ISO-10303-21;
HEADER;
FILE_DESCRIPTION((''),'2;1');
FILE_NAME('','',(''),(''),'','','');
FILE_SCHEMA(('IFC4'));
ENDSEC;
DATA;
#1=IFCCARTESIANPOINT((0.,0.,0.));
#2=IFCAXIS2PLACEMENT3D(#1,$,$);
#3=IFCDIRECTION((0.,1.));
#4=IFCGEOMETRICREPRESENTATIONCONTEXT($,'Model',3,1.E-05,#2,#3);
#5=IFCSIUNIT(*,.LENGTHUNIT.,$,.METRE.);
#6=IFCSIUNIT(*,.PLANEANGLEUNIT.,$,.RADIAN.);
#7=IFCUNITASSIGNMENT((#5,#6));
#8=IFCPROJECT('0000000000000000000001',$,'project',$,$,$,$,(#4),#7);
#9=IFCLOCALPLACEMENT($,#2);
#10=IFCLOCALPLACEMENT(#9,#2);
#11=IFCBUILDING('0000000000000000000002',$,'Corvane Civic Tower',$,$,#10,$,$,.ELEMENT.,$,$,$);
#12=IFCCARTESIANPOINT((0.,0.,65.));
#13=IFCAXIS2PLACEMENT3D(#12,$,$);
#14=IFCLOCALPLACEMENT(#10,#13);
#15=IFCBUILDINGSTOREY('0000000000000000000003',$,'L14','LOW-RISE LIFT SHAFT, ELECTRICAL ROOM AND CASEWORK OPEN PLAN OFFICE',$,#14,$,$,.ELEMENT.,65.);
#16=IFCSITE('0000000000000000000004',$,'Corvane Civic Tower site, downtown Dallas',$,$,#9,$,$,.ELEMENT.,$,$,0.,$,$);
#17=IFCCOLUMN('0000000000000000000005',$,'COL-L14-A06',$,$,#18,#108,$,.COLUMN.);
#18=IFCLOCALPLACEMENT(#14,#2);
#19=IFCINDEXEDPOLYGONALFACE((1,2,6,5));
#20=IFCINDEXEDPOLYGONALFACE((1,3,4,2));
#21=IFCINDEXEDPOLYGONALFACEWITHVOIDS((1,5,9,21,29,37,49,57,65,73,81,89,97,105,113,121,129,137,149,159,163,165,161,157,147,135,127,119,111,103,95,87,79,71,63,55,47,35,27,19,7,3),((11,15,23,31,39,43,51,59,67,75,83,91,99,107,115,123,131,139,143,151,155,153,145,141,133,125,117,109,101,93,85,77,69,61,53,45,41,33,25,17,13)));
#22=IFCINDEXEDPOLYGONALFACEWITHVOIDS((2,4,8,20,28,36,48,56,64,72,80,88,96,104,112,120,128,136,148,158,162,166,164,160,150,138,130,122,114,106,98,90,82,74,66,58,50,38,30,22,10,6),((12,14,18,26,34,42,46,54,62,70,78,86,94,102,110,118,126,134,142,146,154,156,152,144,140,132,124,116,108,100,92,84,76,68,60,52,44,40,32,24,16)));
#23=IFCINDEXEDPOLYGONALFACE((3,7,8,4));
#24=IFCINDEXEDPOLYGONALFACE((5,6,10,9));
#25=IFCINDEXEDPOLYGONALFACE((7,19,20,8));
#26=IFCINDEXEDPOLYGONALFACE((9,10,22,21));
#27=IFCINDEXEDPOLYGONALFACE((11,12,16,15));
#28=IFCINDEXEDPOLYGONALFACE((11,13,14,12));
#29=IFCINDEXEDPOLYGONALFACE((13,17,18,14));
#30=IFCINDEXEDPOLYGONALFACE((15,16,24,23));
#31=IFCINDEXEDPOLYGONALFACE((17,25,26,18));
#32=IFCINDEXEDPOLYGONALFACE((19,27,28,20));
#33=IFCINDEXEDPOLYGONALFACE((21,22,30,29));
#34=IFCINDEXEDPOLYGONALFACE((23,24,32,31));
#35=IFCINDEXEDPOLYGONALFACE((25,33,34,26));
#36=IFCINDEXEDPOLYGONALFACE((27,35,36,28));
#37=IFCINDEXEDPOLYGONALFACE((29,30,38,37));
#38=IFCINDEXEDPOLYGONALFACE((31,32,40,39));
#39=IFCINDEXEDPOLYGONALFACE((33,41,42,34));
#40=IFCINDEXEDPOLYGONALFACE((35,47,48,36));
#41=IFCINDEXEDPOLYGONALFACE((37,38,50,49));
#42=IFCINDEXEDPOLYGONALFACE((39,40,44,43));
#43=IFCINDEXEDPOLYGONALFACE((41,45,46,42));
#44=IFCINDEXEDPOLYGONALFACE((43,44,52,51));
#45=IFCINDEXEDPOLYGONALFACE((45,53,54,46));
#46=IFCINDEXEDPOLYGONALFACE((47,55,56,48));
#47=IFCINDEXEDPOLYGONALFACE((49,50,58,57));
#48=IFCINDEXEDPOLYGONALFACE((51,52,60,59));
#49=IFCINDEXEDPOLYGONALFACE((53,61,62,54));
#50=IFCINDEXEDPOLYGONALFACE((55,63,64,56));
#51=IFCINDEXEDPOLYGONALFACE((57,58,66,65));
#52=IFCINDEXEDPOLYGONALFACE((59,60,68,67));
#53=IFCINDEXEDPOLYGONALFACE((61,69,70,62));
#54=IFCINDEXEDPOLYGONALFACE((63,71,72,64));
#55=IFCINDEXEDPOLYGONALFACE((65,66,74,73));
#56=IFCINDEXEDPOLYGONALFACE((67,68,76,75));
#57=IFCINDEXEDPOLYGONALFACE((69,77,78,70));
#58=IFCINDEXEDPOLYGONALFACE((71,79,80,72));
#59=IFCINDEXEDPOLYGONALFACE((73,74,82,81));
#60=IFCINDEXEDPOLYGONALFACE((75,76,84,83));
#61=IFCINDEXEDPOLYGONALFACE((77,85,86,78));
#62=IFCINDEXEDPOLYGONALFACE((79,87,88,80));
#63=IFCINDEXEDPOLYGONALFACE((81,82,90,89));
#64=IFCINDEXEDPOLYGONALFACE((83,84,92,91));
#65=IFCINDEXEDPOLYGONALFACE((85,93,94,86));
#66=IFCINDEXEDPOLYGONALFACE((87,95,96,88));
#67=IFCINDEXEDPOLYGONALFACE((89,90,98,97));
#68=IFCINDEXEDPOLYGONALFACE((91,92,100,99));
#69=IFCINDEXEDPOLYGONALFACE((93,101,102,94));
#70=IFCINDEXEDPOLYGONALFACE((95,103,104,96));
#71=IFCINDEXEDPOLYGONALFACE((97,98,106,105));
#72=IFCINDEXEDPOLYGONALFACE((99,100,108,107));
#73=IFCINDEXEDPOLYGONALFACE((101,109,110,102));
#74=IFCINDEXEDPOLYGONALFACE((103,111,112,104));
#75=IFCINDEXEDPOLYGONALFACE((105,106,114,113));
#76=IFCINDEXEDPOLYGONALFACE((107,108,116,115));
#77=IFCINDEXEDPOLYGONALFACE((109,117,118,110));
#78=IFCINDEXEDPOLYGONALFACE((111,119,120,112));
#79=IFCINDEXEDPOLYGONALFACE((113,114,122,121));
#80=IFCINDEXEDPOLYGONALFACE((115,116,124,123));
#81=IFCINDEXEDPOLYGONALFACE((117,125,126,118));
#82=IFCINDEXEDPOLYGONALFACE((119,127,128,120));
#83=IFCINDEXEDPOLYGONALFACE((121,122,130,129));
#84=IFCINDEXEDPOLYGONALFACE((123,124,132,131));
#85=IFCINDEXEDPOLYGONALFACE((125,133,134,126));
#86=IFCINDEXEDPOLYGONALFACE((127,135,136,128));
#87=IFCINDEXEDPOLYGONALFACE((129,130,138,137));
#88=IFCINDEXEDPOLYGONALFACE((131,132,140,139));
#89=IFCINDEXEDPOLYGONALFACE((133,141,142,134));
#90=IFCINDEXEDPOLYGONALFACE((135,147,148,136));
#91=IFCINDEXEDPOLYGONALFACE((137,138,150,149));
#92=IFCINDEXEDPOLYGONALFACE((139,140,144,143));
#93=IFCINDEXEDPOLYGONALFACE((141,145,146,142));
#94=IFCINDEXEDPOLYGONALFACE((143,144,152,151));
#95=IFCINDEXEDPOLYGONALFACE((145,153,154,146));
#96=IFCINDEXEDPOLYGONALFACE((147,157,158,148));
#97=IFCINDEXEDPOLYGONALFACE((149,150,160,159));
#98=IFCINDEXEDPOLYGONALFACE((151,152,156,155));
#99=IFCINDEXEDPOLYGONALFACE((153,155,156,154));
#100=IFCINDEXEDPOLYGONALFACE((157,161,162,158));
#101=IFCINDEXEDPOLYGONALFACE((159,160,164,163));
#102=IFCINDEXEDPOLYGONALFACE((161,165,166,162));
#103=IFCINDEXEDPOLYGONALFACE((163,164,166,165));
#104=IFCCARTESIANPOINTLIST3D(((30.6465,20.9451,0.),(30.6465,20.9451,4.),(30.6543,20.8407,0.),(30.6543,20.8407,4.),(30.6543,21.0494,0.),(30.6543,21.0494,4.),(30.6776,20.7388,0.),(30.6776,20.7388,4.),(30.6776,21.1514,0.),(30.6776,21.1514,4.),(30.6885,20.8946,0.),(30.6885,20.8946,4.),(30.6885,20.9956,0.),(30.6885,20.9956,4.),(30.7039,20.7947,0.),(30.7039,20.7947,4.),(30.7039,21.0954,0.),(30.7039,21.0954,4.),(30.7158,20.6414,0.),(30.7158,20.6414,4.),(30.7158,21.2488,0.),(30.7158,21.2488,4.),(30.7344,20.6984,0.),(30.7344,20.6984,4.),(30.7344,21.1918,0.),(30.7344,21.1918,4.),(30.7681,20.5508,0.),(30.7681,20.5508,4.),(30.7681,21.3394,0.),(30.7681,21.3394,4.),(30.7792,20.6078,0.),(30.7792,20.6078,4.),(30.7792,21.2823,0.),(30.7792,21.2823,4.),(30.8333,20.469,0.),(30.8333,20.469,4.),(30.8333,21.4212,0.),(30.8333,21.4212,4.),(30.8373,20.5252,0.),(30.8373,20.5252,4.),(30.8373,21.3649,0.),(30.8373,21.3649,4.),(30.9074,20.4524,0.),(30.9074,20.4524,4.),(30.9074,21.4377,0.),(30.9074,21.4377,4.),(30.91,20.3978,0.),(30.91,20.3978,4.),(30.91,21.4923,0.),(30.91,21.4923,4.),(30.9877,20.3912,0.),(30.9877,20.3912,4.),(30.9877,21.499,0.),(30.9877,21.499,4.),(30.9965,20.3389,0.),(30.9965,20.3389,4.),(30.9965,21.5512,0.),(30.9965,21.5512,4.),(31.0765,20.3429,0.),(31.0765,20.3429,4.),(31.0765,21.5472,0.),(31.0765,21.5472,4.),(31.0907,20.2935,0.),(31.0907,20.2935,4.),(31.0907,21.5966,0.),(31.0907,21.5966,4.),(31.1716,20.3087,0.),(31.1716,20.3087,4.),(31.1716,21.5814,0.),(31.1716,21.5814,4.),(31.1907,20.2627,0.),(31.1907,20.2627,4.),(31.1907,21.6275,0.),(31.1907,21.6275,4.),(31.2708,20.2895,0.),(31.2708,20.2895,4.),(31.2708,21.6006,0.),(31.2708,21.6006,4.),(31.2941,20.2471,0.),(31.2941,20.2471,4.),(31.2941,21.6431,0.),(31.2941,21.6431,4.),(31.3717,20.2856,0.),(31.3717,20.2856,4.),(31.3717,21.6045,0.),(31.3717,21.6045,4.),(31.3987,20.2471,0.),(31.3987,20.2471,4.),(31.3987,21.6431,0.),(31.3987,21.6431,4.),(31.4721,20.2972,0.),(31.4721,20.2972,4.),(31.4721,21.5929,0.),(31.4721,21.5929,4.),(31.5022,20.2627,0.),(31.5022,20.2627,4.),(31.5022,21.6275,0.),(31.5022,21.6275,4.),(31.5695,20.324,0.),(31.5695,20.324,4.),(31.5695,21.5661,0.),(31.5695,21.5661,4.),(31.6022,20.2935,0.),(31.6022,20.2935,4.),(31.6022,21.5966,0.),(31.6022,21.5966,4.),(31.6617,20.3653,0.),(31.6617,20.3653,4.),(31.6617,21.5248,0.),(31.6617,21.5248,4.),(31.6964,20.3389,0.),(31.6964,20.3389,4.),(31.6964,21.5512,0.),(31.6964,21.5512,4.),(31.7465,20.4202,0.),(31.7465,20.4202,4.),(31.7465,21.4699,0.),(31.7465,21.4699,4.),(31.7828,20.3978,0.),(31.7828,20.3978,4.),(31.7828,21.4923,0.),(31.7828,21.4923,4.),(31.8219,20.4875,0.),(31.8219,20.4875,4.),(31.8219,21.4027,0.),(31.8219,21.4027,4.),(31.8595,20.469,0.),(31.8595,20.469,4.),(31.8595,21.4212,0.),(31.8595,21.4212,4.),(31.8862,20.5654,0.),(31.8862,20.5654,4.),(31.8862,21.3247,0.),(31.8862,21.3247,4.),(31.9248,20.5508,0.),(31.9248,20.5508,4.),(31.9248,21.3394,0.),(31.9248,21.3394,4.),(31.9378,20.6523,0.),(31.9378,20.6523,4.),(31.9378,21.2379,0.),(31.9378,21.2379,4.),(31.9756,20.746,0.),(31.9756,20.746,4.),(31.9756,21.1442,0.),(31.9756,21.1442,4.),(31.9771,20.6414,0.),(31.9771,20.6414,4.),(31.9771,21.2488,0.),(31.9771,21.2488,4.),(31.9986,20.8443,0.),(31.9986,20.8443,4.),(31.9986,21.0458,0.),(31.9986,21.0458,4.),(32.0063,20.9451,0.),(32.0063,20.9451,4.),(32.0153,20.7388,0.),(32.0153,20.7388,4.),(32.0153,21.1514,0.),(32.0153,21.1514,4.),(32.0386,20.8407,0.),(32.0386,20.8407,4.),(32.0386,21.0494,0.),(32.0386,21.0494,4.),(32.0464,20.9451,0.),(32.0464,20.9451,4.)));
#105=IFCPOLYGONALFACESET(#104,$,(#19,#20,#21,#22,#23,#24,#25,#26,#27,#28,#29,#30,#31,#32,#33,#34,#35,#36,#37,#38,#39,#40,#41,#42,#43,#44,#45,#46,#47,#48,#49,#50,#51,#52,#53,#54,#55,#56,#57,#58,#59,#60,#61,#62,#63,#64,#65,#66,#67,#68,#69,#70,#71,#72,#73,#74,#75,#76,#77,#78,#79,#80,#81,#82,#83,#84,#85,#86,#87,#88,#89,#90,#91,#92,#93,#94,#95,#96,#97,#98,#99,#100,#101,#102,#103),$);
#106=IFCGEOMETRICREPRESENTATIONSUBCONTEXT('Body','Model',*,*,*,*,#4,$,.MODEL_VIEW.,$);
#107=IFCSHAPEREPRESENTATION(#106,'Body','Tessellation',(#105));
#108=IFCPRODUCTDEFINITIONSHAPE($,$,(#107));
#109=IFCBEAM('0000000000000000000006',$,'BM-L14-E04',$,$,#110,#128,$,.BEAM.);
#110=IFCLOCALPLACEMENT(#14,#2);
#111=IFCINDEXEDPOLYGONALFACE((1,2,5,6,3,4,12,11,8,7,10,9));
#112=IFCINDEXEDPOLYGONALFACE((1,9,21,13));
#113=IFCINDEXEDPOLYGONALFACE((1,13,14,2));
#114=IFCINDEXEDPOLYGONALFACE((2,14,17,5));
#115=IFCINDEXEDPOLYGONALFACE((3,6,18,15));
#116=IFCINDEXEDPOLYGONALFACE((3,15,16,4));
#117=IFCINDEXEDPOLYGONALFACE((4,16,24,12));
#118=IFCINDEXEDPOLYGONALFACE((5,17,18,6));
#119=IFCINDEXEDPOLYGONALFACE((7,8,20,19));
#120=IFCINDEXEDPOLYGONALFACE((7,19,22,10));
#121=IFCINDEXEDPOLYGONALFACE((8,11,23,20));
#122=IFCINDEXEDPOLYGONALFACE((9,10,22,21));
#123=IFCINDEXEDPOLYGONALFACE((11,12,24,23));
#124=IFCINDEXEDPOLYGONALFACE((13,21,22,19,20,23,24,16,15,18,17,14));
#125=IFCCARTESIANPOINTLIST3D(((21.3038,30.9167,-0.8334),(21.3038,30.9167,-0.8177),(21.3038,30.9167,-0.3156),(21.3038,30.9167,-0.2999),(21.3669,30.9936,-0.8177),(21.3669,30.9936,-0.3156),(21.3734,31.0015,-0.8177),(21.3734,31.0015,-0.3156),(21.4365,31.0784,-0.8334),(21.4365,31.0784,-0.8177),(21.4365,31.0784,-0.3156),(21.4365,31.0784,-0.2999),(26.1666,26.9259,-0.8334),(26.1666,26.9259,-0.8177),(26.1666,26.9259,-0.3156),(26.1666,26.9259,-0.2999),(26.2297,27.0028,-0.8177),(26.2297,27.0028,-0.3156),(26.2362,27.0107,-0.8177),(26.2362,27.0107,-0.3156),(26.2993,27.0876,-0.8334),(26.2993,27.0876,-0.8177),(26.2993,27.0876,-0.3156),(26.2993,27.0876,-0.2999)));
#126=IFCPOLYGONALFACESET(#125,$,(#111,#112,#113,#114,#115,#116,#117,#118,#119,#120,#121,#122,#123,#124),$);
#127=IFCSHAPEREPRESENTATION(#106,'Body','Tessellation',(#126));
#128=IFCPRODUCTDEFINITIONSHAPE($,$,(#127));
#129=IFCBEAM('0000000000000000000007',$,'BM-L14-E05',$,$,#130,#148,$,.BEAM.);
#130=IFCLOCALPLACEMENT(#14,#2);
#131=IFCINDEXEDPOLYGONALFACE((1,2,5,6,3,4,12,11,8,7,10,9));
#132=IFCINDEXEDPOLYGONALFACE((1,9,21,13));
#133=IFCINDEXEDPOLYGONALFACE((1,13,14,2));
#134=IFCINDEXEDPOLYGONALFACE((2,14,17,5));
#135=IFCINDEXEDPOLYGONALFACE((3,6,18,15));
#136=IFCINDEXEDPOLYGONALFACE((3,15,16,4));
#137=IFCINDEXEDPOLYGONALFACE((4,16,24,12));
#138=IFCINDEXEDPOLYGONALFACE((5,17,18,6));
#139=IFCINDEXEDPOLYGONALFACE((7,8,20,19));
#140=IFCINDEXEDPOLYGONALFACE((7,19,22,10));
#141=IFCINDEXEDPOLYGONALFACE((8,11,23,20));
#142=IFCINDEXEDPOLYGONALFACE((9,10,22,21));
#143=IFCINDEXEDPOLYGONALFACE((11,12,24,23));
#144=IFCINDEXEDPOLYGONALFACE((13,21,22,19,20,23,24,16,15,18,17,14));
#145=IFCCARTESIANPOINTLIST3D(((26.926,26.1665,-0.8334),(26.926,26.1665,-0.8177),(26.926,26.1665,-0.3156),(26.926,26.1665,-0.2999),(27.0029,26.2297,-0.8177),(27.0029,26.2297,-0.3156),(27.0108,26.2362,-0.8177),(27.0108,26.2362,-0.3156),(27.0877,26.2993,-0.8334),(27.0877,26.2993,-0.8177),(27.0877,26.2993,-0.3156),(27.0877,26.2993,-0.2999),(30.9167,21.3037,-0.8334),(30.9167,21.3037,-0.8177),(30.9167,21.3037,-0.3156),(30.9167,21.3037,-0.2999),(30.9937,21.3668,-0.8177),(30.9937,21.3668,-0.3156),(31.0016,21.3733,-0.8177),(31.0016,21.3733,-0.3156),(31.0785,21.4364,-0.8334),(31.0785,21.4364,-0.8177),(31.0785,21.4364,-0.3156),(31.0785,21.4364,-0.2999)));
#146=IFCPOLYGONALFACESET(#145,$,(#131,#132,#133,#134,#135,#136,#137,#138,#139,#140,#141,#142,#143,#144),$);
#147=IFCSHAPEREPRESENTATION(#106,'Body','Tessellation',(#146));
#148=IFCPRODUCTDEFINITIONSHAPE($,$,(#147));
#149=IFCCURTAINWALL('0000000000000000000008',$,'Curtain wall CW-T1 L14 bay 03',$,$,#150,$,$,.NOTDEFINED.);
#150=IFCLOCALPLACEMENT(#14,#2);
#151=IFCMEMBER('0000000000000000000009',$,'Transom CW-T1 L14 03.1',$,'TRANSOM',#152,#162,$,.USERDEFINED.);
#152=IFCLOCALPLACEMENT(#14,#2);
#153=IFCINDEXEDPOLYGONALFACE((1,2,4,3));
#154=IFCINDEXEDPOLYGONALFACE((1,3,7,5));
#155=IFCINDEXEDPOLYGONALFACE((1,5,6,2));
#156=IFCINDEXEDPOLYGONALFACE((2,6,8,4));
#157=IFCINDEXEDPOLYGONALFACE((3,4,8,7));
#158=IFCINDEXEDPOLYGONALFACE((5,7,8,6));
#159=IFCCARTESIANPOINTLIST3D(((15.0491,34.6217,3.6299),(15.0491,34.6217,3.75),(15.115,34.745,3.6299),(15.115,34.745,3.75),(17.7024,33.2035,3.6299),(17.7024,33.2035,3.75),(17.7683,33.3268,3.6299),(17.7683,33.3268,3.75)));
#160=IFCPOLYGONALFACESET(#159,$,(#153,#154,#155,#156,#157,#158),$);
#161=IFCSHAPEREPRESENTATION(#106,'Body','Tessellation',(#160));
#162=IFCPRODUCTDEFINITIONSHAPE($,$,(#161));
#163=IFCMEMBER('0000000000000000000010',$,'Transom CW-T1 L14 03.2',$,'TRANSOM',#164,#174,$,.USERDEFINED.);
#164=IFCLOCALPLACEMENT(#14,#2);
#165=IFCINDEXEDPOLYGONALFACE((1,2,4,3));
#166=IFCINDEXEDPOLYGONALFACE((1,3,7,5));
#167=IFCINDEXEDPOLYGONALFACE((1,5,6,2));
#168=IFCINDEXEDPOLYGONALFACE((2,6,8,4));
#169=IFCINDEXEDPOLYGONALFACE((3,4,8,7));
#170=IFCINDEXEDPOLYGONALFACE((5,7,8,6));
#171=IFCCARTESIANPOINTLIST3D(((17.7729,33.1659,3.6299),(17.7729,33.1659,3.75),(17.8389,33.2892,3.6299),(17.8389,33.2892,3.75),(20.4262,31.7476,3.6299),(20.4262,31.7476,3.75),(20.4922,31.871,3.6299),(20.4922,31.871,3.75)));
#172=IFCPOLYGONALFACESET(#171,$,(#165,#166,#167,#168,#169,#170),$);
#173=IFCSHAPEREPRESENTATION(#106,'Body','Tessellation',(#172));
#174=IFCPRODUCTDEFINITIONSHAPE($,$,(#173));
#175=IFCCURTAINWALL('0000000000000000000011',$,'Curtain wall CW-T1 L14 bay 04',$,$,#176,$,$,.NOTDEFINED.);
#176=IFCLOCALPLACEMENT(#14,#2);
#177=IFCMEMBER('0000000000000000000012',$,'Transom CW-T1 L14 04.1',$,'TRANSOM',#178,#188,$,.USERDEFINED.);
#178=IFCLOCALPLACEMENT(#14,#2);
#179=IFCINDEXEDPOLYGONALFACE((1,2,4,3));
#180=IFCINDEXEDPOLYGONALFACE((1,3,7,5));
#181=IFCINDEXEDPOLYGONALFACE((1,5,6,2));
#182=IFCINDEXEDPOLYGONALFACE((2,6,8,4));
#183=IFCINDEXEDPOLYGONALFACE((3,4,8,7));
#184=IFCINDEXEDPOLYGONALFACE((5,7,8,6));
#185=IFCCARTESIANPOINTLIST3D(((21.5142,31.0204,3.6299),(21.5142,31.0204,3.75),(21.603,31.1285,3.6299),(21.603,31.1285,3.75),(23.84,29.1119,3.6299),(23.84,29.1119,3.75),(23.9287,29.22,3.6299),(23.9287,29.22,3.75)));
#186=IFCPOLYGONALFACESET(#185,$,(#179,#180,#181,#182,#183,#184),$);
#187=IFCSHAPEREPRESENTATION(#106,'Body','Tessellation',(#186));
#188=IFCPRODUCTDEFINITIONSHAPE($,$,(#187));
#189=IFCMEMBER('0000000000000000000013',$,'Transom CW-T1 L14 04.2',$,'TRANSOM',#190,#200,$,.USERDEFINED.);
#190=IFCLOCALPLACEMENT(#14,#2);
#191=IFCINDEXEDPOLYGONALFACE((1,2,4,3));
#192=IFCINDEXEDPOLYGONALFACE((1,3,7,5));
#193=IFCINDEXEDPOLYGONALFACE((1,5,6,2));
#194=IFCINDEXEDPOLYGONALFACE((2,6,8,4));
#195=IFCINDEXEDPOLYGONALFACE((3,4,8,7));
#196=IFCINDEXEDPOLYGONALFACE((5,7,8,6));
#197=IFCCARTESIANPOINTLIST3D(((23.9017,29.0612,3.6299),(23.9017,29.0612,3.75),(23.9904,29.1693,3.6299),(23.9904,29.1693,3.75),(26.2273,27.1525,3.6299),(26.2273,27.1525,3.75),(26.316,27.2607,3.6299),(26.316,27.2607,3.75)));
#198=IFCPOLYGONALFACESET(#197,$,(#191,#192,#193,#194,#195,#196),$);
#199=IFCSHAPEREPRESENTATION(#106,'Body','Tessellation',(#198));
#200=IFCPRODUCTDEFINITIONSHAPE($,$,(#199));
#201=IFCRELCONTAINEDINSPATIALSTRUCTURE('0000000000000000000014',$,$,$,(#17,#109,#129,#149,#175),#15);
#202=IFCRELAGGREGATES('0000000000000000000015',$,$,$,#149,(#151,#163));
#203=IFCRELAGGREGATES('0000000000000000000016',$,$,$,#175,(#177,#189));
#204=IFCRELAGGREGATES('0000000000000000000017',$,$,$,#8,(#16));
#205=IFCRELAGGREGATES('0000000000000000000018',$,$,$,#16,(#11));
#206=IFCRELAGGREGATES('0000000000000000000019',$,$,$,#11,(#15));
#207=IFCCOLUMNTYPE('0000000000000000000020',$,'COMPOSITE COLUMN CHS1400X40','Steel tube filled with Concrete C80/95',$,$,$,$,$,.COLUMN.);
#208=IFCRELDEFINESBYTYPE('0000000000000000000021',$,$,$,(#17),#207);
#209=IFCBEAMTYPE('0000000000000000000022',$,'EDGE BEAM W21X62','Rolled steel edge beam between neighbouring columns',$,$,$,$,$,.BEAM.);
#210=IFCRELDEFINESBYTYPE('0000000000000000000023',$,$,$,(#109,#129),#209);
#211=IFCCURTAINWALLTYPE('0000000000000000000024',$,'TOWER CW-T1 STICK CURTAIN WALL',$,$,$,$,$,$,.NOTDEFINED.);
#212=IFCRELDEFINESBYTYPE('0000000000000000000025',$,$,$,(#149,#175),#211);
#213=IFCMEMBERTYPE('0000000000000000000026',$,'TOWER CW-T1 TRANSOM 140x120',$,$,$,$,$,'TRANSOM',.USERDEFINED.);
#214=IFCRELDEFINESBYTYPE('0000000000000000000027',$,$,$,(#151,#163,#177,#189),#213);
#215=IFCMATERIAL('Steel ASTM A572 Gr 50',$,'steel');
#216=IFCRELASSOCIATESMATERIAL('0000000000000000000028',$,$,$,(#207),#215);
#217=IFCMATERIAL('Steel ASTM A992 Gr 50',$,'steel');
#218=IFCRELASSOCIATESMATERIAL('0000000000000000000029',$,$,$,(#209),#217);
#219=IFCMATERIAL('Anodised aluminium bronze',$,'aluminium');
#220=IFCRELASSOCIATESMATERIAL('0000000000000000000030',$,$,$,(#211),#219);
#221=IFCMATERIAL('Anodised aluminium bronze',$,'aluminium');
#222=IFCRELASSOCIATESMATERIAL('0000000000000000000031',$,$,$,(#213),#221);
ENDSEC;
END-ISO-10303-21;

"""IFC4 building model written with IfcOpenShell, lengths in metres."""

from ifc_helpers import new_model, si_unit, direction, frame, origin, origin_2d, place, context, subcontext, project, spatial, rectangle, hollow_circle, i_section, extrude, material, material_profile, profile_set, type_object, element, aggregate, save


model = new_model("IFC4")

# Units and contexts
model_context = context("Model", 3, precision=1e-05, world=origin(), true_north=direction((0.0, 1.0)))
body_context = subcontext(model_context, "Body", "Model", "MODEL_VIEW")
ifc_project = project(units=[si_unit("LENGTHUNIT", "METRE"), si_unit("PLANEANGLEUNIT", "RADIAN")], contexts=[model_context])

# Site, building, storey
site_placement = place(None, origin())
site = spatial("IfcSite", under=ifc_project, at=site_placement, Name="Corvane Civic Tower site, downtown Dallas", CompositionType="ELEMENT", RefElevation=0.0)
building_placement = place(site_placement, origin())
building = spatial("IfcBuilding", under=site, at=building_placement, Name="Corvane Civic Tower", CompositionType="ELEMENT")
storey_placement = place(building_placement, frame((0.0, 0.0, 65.0)))
storey = spatial("IfcBuildingStorey", under=building, at=storey_placement, Name="L14", Description="LOW-RISE LIFT SHAFT, ELECTRICAL ROOM AND CASEWORK OPEN PLAN OFFICE", CompositionType="ELEMENT", Elevation=65.0)

# Column
ifc_material_1 = material(Name="Steel ASTM A572 Gr 50", Category="steel")
ifc_material_profile_1 = material_profile(ifc_material_1, hollow_circle(Radius=0.7, WallThickness=0.04, at=origin_2d()), Name="CHS1400X40")
ifc_profile_set_1 = profile_set([ifc_material_profile_1], Name="Steel ASTM A572 Gr 50")
column_type = type_object("IfcColumnType", Name="COMPOSITE COLUMN CHS1400X40", Description="Steel tube filled with Concrete C80/95", PredefinedType="COLUMN", material=ifc_profile_set_1)
for number, where, z_axis, x_axis, name in (
    (1, (31.3464, 20.9451, 0.0), (0.0, 0.0, 1.0), (1.0, 0.0, 0.0), "COL-L14-A06"),
):
    element("IfcColumn", number, at=place(storey_placement, frame(where, z_axis=z_axis, x_axis=x_axis)), inside=storey, type_object=column_type, Name=name, PredefinedType="COLUMN", context=body_context, shape_type="SweptSolid", body=[
        extrude(hollow_circle(Radius=0.7, WallThickness=0.04, at=origin_2d()), origin(), (0.0, 0.0, 1.0), 4.0),
    ])

# Beams
ifc_material_2 = material(Name="Steel ASTM A992 Gr 50", Category="steel")
ifc_material_profile_2 = material_profile(ifc_material_2, i_section(OverallWidth=0.2092, OverallDepth=0.5334, WebThickness=0.0103, FlangeThickness=0.0156, at=origin_2d()), Name="W21X62")
ifc_profile_set_2 = profile_set([ifc_material_profile_2], Name="Steel ASTM A992 Gr 50")
beam_type = type_object("IfcBeamType", Name="EDGE BEAM W21X62", Description="Rolled steel edge beam between neighbouring columns", PredefinedType="BEAM", material=ifc_profile_set_2)
for number, where, z_axis, x_axis, name in (
    (2, (21.3701, 30.9976, -0.5667), (0.773016, -0.634387, 0.0), (0.634387, 0.773016, 0.0), "BM-L14-E04"),
    (3, (27.0068, 26.2329, -0.5667), (0.634387, -0.773016, 0.0), (0.773016, 0.634387, 0.0), "BM-L14-E05"),
):
    element("IfcBeam", number, at=place(storey_placement, frame(where, z_axis=z_axis, x_axis=x_axis)), inside=storey, type_object=beam_type, Name=name, PredefinedType="BEAM", context=body_context, shape_type="SweptSolid", body=[
        extrude(i_section(OverallWidth=0.2092, OverallDepth=0.5334, WebThickness=0.0103, FlangeThickness=0.0156, at=origin_2d()), origin(), (0.0, 0.0, 1.0), 6.2908),
    ])

# Curtain walls, members
ifc_material_3 = material(Name="Anodised aluminium bronze", Category="aluminium")
curtain_wall_type = type_object("IfcCurtainWallType", Name="TOWER CW-T1 STICK CURTAIN WALL", PredefinedType="NOTDEFINED", material=ifc_material_3)
curtain_wall_1_placement = place(storey_placement, origin())
curtain_wall_1 = element("IfcCurtainWall", 4, at=curtain_wall_1_placement, inside=storey, type_object=curtain_wall_type, Name="Curtain wall CW-T1 L14 bay 03", PredefinedType="NOTDEFINED")
ifc_material_4 = material(Name="Anodised aluminium bronze", Category="aluminium")
ifc_material_profile_3 = material_profile(ifc_material_4, rectangle(XDim=0.1399, YDim=0.1201, at=origin_2d()), Name="TOWER CW-T1 TRANSOM 140x120")
ifc_profile_set_3 = profile_set([ifc_material_profile_3], Name="Anodised aluminium bronze")
member_type_1 = type_object("IfcMemberType", Name="TOWER CW-T1 TRANSOM 140x120", ElementType="TRANSOM", PredefinedType="USERDEFINED", material=ifc_profile_set_3)
member_1_placement = place(storey_placement, frame((15.082, 34.6833, 3.6899), z_axis=(0.881924, -0.471393, 0.0), x_axis=(0.471393, 0.881924, 0.0)))
member_1 = element("IfcMember", 5, at=member_1_placement, type_object=member_type_1, Name="Transom CW-T1 L14 03.1", ObjectType="TRANSOM", PredefinedType="USERDEFINED", context=body_context, shape_type="SweptSolid", body=[
    extrude(rectangle(XDim=0.1399, YDim=0.1201, at=origin_2d()), origin(), (0.0, 0.0, 1.0), 3.0085),
])
member_2_placement = place(storey_placement, frame((17.8059, 33.2275, 3.6899), z_axis=(0.881924, -0.471393, 0.0), x_axis=(0.471393, 0.881924, 0.0)))
member_2 = element("IfcMember", 6, at=member_2_placement, type_object=member_type_1, Name="Transom CW-T1 L14 03.2", ObjectType="TRANSOM", PredefinedType="USERDEFINED", context=body_context, shape_type="SweptSolid", body=[
    extrude(rectangle(XDim=0.1399, YDim=0.1201, at=origin_2d()), origin(), (0.0, 0.0, 1.0), 3.0085),
])
curtain_wall_2_placement = place(storey_placement, origin())
curtain_wall_2 = element("IfcCurtainWall", 7, at=curtain_wall_2_placement, inside=storey, type_object=curtain_wall_type, Name="Curtain wall CW-T1 L14 bay 04", PredefinedType="NOTDEFINED")
member_3_placement = place(storey_placement, frame((21.5586, 31.0745, 3.6899), z_axis=(0.773042, -0.634355, 0.0), x_axis=(0.634355, 0.773042, 0.0)))
member_3 = element("IfcMember", 8, at=member_3_placement, type_object=member_type_1, Name="Transom CW-T1 L14 04.1", ObjectType="TRANSOM", PredefinedType="USERDEFINED", context=body_context, shape_type="SweptSolid", body=[
    extrude(rectangle(XDim=0.1399, YDim=0.1201, at=origin_2d()), origin(), (0.0, 0.0, 1.0), 3.0085),
])
member_4_placement = place(storey_placement, frame((23.946, 29.1152, 3.6899), z_axis=(0.773002, -0.634404, 0.0), x_axis=(0.634404, 0.773002, 0.0)))
member_4 = element("IfcMember", 9, at=member_4_placement, type_object=member_type_1, Name="Transom CW-T1 L14 04.2", ObjectType="TRANSOM", PredefinedType="USERDEFINED", context=body_context, shape_type="SweptSolid", body=[
    extrude(rectangle(XDim=0.1399, YDim=0.1201, at=origin_2d()), origin(), (0.0, 0.0, 1.0), 3.0085),
])

aggregate(curtain_wall_1, [member_1, member_2])
aggregate(curtain_wall_2, [member_3, member_4])

save(model, "model.ifc")
